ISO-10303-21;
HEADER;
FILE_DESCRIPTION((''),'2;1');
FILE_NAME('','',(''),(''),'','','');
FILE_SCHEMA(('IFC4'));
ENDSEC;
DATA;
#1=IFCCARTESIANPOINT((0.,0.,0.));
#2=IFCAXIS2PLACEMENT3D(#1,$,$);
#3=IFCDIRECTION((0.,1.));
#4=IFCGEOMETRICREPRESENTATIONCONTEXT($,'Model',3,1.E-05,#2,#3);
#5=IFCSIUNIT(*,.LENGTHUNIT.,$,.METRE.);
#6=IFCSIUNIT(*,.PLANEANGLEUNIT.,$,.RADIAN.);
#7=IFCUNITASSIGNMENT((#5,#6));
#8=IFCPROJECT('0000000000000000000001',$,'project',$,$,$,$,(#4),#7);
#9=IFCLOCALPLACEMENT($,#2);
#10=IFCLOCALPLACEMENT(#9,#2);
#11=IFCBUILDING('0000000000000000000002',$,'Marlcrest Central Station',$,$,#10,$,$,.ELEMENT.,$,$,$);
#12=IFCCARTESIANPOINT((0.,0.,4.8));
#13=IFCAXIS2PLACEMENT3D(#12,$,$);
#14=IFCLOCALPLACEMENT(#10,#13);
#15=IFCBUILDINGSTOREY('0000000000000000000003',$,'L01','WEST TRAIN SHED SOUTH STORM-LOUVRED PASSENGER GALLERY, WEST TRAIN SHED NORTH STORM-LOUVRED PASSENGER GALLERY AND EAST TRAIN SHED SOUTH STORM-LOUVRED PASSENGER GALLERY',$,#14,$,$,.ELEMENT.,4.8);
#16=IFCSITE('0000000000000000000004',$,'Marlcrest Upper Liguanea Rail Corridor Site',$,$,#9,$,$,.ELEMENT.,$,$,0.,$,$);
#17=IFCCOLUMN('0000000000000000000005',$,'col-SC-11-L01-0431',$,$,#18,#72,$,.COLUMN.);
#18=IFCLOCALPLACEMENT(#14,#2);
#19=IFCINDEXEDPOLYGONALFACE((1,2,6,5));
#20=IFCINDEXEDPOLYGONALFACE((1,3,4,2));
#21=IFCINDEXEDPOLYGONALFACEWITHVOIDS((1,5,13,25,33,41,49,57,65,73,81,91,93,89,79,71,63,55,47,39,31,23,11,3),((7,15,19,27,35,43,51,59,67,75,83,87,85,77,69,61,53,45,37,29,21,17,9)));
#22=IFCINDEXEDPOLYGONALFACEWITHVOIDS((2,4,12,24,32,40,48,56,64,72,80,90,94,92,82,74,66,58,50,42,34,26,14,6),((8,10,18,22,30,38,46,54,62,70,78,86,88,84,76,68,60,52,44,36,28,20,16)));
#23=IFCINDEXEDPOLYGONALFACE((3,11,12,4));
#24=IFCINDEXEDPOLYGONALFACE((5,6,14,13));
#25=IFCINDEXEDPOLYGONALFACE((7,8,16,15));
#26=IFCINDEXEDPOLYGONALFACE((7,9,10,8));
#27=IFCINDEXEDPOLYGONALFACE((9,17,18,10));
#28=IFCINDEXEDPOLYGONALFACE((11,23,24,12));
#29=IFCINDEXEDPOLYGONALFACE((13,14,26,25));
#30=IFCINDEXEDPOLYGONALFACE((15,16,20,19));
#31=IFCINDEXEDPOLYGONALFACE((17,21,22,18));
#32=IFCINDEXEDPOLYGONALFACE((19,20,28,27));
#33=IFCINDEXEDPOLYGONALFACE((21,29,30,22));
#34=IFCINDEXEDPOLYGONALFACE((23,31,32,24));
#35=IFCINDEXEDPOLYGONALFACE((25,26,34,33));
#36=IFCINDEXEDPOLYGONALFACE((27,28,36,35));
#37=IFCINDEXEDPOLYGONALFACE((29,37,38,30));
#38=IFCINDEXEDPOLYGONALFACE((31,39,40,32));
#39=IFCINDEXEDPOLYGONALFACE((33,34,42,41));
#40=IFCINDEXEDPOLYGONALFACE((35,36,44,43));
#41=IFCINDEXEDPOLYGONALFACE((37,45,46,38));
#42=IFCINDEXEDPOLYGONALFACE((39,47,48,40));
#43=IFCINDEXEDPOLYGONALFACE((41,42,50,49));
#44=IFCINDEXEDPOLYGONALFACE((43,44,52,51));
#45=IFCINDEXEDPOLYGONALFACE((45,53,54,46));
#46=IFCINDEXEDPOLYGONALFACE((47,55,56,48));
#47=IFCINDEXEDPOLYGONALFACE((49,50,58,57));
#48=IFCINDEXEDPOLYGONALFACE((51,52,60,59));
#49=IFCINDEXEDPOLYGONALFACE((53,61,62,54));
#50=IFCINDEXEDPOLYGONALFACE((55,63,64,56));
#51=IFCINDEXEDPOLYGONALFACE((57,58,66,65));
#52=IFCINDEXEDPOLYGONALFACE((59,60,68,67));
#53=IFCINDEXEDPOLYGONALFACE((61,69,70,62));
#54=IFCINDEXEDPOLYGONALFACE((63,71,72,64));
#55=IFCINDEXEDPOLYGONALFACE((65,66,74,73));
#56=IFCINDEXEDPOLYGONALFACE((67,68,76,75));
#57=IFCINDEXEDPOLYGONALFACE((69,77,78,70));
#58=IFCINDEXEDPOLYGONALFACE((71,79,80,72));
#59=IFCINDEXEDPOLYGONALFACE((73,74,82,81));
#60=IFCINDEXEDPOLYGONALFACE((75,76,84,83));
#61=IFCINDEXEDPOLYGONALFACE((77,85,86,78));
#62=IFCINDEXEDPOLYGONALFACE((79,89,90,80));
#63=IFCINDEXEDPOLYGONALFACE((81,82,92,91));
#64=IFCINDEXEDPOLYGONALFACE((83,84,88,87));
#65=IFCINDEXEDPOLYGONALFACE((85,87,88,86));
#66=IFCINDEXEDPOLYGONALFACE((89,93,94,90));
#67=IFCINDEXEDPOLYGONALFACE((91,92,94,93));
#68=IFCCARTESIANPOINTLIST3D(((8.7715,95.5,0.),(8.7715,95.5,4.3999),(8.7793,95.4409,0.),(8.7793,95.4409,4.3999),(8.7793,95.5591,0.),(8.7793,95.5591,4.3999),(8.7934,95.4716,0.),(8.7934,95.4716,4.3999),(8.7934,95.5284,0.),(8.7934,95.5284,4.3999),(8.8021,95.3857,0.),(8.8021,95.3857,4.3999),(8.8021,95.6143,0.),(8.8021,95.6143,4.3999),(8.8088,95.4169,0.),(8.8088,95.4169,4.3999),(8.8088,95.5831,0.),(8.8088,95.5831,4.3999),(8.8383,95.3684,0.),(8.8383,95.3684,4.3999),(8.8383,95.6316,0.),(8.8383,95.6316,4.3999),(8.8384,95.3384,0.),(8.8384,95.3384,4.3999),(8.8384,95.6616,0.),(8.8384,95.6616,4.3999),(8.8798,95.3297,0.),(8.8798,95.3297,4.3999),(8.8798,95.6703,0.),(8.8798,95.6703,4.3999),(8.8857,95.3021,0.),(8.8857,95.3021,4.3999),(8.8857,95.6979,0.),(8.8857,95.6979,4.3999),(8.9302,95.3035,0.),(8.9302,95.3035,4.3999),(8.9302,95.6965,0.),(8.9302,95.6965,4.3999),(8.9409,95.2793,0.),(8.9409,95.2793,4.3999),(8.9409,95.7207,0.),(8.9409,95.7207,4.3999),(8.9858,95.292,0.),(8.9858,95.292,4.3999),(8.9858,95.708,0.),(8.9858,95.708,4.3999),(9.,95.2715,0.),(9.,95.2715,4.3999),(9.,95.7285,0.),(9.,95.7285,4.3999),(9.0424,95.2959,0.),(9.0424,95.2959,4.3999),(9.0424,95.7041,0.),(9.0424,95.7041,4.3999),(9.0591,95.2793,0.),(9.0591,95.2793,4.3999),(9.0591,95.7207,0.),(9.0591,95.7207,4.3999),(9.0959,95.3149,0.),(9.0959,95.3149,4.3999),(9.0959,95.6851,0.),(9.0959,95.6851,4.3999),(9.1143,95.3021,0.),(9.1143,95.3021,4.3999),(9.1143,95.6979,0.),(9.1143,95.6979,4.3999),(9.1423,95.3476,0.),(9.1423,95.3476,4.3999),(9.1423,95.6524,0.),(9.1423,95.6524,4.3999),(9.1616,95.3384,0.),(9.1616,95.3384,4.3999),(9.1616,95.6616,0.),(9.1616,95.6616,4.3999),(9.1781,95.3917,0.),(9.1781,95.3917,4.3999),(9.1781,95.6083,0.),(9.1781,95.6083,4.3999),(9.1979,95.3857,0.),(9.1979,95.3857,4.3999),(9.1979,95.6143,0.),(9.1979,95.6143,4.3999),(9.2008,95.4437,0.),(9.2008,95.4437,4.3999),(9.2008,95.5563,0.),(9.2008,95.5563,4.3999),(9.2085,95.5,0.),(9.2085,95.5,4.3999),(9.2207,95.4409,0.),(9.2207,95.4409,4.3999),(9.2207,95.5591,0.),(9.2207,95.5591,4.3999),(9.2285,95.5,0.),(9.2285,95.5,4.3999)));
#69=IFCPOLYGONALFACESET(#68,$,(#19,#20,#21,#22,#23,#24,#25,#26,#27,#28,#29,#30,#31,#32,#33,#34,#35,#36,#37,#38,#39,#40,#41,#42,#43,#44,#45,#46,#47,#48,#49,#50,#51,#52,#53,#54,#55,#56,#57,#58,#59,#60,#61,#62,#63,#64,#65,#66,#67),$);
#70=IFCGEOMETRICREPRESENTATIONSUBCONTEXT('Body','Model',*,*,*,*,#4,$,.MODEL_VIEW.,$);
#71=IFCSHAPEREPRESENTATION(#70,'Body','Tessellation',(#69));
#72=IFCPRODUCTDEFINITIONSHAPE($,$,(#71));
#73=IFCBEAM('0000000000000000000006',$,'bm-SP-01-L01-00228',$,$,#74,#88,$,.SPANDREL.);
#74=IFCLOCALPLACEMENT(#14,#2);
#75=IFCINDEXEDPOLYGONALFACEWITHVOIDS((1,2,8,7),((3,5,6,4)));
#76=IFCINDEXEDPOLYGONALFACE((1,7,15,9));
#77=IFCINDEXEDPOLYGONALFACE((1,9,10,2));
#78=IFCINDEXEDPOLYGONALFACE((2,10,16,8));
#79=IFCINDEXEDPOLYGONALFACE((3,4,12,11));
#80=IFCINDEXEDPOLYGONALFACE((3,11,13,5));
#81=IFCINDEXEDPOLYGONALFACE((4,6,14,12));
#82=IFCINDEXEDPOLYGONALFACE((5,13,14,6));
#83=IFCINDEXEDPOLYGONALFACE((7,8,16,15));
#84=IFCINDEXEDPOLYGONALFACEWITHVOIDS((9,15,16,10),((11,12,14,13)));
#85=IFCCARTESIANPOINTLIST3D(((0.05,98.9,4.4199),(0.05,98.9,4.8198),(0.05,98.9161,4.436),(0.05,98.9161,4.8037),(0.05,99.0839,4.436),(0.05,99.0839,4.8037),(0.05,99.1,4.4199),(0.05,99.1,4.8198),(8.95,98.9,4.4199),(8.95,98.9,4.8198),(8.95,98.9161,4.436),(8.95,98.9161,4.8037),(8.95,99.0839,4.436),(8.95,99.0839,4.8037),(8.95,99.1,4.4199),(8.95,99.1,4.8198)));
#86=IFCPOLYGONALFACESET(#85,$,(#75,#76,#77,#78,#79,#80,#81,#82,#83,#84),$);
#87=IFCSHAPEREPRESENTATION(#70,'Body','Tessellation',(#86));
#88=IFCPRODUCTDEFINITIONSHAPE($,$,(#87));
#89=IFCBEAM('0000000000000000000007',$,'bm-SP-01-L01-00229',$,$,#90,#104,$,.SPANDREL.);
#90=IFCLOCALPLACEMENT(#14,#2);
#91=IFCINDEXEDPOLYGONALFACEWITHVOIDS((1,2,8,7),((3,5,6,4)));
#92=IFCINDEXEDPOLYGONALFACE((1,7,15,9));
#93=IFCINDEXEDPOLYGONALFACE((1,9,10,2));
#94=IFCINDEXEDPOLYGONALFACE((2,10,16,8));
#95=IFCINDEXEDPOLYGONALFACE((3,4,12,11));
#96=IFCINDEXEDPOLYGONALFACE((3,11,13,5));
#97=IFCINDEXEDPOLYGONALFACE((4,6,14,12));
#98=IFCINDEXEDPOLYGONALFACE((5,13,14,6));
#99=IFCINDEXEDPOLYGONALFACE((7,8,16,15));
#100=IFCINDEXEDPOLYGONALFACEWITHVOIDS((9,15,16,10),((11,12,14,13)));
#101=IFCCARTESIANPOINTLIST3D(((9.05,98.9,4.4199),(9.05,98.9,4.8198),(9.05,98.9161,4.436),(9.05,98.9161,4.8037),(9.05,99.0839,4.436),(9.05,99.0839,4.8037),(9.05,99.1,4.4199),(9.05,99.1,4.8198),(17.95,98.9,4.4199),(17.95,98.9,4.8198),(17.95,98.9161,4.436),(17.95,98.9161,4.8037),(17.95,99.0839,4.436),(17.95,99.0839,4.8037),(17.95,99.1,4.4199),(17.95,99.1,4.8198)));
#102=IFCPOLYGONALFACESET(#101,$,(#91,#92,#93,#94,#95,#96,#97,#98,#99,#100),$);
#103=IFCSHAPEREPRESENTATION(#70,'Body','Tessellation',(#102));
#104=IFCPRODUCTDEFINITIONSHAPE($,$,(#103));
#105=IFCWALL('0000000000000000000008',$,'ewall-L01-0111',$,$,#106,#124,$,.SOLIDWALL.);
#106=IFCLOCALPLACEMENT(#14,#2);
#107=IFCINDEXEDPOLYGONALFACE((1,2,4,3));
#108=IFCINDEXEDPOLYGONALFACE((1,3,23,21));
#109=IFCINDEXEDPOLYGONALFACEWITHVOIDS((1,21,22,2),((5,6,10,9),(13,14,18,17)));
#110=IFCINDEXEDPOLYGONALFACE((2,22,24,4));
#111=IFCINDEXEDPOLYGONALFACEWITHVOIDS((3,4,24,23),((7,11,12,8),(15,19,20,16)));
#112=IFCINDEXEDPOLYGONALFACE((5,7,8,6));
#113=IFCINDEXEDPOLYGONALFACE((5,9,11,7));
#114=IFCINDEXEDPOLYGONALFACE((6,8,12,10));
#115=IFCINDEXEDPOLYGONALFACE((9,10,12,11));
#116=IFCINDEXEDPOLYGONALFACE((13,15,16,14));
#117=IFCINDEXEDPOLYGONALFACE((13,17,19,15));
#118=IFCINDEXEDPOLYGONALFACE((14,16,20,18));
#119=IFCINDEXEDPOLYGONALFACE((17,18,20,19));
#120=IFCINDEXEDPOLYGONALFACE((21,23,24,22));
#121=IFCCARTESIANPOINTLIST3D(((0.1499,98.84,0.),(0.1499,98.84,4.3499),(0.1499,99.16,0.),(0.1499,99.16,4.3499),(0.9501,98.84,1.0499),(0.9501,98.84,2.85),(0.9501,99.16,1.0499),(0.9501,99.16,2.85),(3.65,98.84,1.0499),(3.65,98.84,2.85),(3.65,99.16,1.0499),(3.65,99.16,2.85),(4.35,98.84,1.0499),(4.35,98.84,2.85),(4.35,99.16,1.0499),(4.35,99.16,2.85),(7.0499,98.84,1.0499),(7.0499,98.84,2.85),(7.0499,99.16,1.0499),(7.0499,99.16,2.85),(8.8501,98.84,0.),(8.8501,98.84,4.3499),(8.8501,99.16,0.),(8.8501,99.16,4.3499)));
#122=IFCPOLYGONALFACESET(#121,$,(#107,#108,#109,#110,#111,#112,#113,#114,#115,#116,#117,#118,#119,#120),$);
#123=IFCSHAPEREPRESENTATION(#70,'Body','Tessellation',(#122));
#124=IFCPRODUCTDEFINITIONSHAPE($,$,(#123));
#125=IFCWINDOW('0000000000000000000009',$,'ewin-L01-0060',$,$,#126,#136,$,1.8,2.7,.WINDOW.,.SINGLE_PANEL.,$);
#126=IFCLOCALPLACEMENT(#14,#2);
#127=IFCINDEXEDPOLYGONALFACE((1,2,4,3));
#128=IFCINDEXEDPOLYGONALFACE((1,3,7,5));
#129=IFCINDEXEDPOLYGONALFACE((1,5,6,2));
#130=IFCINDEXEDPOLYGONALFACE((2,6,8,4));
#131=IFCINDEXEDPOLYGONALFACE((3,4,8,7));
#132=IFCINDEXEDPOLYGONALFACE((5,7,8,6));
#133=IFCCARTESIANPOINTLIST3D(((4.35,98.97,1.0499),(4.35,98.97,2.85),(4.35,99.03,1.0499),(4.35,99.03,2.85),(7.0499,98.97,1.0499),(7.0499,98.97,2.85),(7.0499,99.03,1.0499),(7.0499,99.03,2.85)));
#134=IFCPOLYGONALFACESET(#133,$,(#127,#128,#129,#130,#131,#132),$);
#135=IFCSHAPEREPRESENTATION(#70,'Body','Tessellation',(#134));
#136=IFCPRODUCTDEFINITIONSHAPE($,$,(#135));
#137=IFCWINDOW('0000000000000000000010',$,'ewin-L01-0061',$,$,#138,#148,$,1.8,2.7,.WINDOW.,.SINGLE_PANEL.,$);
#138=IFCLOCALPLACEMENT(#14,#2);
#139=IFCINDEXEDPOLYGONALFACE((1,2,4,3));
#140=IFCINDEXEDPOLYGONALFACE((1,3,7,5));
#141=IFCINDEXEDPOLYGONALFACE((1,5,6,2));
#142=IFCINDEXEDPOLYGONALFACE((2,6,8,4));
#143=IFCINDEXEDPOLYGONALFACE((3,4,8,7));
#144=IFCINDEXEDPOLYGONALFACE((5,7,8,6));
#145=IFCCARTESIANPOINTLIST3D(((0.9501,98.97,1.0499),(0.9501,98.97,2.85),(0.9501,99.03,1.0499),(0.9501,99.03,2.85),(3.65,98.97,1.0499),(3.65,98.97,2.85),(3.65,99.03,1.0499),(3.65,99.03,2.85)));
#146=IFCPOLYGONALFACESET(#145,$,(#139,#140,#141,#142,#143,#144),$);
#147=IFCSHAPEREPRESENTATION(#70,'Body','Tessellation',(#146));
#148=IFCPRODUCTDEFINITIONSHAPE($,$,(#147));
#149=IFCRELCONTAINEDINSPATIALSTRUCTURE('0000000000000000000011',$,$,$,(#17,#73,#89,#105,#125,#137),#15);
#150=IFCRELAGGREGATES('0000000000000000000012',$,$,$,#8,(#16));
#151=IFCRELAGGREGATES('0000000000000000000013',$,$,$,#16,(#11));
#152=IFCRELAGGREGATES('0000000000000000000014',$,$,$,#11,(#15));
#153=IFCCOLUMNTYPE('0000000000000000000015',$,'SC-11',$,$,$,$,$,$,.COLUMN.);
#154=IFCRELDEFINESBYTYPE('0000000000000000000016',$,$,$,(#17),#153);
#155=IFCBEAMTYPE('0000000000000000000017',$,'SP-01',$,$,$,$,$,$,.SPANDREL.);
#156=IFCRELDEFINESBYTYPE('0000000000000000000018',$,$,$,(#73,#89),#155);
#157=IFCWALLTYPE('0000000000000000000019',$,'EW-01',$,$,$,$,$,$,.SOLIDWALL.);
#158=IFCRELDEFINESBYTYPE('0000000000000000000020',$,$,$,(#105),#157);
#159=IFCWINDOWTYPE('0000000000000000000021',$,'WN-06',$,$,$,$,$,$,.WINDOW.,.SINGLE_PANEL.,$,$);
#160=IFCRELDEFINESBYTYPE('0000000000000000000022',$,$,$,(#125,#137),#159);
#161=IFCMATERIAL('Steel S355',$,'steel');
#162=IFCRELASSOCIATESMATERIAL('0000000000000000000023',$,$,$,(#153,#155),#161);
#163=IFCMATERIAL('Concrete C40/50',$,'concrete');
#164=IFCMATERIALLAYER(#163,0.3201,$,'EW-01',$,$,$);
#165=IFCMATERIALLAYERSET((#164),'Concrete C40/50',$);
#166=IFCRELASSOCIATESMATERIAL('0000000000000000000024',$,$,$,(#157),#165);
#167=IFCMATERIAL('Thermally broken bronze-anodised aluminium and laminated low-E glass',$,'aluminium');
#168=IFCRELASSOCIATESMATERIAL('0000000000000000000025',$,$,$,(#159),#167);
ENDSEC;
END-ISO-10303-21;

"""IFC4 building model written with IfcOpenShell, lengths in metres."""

from ifc_helpers import new_model, si_unit, direction, frame, frame_2d, origin, origin_2d, place, context, subcontext, project, spatial, rectangle, hollow_rectangle, hollow_circle, extrude, material, layer, layer_set, material_profile, profile_set, type_object, element, fill, save


model = new_model("IFC4")

# Units and contexts
model_context = context("Model", 3, precision=1e-05, world=origin(), true_north=direction((0.0, 1.0)))
body_context = subcontext(model_context, "Body", "Model", "MODEL_VIEW")
ifc_project = project(units=[si_unit("LENGTHUNIT", "METRE"), si_unit("PLANEANGLEUNIT", "RADIAN")], contexts=[model_context])

# Site, building, storey
site_placement = place(None, origin())
site = spatial("IfcSite", under=ifc_project, at=site_placement, Name="Marlcrest Upper Liguanea Rail Corridor Site", CompositionType="ELEMENT", RefElevation=0.0)
building_placement = place(site_placement, origin())
building = spatial("IfcBuilding", under=site, at=building_placement, Name="Marlcrest Central Station", CompositionType="ELEMENT")
storey_placement = place(building_placement, frame((0.0, 0.0, 4.8)))
storey = spatial("IfcBuildingStorey", under=building, at=storey_placement, Name="L01", Description="WEST TRAIN SHED SOUTH STORM-LOUVRED PASSENGER GALLERY, WEST TRAIN SHED NORTH STORM-LOUVRED PASSENGER GALLERY AND EAST TRAIN SHED SOUTH STORM-LOUVRED PASSENGER GALLERY", CompositionType="ELEMENT", Elevation=4.8)

# Column
ifc_material_1 = material(Name="Steel S355", Category="steel")
ifc_material_profile_1 = material_profile(ifc_material_1, hollow_circle(Radius=0.2285, WallThickness=0.02, at=origin_2d()), Name="CHS 457x20")
ifc_profile_set_1 = profile_set([ifc_material_profile_1], Name="Steel S355")
column_type_1 = type_object("IfcColumnType", Name="SC-11", PredefinedType="COLUMN", material=ifc_profile_set_1)
for number, where, z_axis, x_axis, name in (
    (1, (9.0, 95.5, 0.0), (0.0, 0.0, 1.0), (1.0, 0.0, 0.0), "col-SC-11-L01-0431"),
):
    element("IfcColumn", number, at=place(storey_placement, frame(where, z_axis=z_axis, x_axis=x_axis)), inside=storey, type_object=column_type_1, Name=name, PredefinedType="COLUMN", context=body_context, shape_type="SweptSolid", body=[
        extrude(hollow_circle(Radius=0.2285, WallThickness=0.02, at=origin_2d()), origin(), (0.0, 0.0, 1.0), 4.3999),
    ])

# Beams
ifc_material_profile_2 = material_profile(ifc_material_1, hollow_rectangle(XDim=0.2, YDim=0.3999, WallThickness=0.0161, at=origin_2d()), Name="RHS 400x200x16")
ifc_profile_set_2 = profile_set([ifc_material_profile_2], Name="Steel S355")
beam_type = type_object("IfcBeamType", Name="SP-01", PredefinedType="SPANDREL", material=ifc_profile_set_2)
for number, where, z_axis, x_axis, name in (
    (2, (0.05, 99.0, 4.6199), (1.0, 0.0, 0.0), (0.0, 1.0, 0.0), "bm-SP-01-L01-00228"),
    (3, (9.05, 99.0, 4.6199), (1.0, 0.0, 0.0), (0.0, 1.0, 0.0), "bm-SP-01-L01-00229"),
):
    element("IfcBeam", number, at=place(storey_placement, frame(where, z_axis=z_axis, x_axis=x_axis)), inside=storey, type_object=beam_type, Name=name, PredefinedType="SPANDREL", context=body_context, shape_type="SweptSolid", body=[
        extrude(hollow_rectangle(XDim=0.2, YDim=0.3999, WallThickness=0.0161, at=origin_2d()), origin(), (0.0, 0.0, 1.0), 8.8999),
    ])

# Wall, openings, windows
ifc_material_2 = material(Name="Concrete C40/50", Category="concrete")
ifc_layer = layer(ifc_material_2, 0.3201, Name="EW-01")
ifc_layer_set = layer_set([ifc_layer], Name="Concrete C40/50")
wall_type = type_object("IfcWallType", Name="EW-01", PredefinedType="SOLIDWALL", material=ifc_layer_set)
wall_placement = place(storey_placement, frame((8.8501, 99.0, 0.0), z_axis=(0.0, 0.0, 1.0), x_axis=(-1.0, 0.0, 0.0)))
wall = element("IfcWall", 4, at=wall_placement, inside=storey, type_object=wall_type, Name="ewall-L01-0111", PredefinedType="SOLIDWALL", context=body_context, shape_type="SweptSolid", body=[
    extrude(rectangle(XDim=8.7002, YDim=0.3201, at=frame_2d((4.3501, 0.0))), origin(), (0.0, 0.0, 1.0), 4.3499),
])
opening_1_placement = place(wall_placement, frame((1.8, 0.0, 1.05)))
opening_1 = element("IfcOpeningElement", 5, at=opening_1_placement, cuts=wall, PredefinedType="OPENING", context=body_context, shape_type="SweptSolid", body=[
    extrude(rectangle(XDim=2.7, YDim=1.8, at=frame_2d((1.3501, 0.8999))), frame((0.0, 0.1699, 0.0), z_axis=(0.0, -1.0, 0.0), x_axis=(1.0, 0.0, 0.0)), (0.0, 0.0, 1.0), 0.3401),
])
opening_2_placement = place(wall_placement, frame((5.2, 0.0, 1.05)))
opening_2 = element("IfcOpeningElement", 6, at=opening_2_placement, cuts=wall, PredefinedType="OPENING", context=body_context, shape_type="SweptSolid", body=[
    extrude(rectangle(XDim=2.7, YDim=1.8, at=frame_2d((1.3501, 0.8999))), frame((0.0, 0.1699, 0.0), z_axis=(0.0, -1.0, 0.0), x_axis=(1.0, 0.0, 0.0)), (0.0, 0.0, 1.0), 0.3401),
])
ifc_material_3 = material(Name="Thermally broken bronze-anodised aluminium and laminated low-E glass", Category="aluminium")
window_type = type_object("IfcWindowType", Name="WN-06", PartitioningType="SINGLE_PANEL", PredefinedType="WINDOW", material=ifc_material_3)
window_1_placement = place(opening_1_placement, origin())
window_1 = element("IfcWindow", 7, at=window_1_placement, inside=storey, type_object=window_type, Name="ewin-L01-0060", OverallHeight=1.8, OverallWidth=2.7, PartitioningType="SINGLE_PANEL", PredefinedType="WINDOW", context=body_context, shape_type="SweptSolid", body=[
    extrude(rectangle(XDim=2.7, YDim=1.8, at=frame_2d((1.3501, 0.8999))), frame((0.0, 0.03, 0.0), z_axis=(0.0, -1.0, 0.0), x_axis=(1.0, 0.0, 0.0)), (0.0, 0.0, 1.0), 0.0601),
])
fill(opening_1, window_1)
window_2_placement = place(opening_2_placement, origin())
window_2 = element("IfcWindow", 8, at=window_2_placement, inside=storey, type_object=window_type, Name="ewin-L01-0061", OverallHeight=1.8, OverallWidth=2.7, PartitioningType="SINGLE_PANEL", PredefinedType="WINDOW", context=body_context, shape_type="SweptSolid", body=[
    extrude(rectangle(XDim=2.7, YDim=1.8, at=frame_2d((1.3501, 0.8999))), frame((0.0, 0.03, 0.0), z_axis=(0.0, -1.0, 0.0), x_axis=(1.0, 0.0, 0.0)), (0.0, 0.0, 1.0), 0.0601),
])
fill(opening_2, window_2)

save(model, "model.ifc")
